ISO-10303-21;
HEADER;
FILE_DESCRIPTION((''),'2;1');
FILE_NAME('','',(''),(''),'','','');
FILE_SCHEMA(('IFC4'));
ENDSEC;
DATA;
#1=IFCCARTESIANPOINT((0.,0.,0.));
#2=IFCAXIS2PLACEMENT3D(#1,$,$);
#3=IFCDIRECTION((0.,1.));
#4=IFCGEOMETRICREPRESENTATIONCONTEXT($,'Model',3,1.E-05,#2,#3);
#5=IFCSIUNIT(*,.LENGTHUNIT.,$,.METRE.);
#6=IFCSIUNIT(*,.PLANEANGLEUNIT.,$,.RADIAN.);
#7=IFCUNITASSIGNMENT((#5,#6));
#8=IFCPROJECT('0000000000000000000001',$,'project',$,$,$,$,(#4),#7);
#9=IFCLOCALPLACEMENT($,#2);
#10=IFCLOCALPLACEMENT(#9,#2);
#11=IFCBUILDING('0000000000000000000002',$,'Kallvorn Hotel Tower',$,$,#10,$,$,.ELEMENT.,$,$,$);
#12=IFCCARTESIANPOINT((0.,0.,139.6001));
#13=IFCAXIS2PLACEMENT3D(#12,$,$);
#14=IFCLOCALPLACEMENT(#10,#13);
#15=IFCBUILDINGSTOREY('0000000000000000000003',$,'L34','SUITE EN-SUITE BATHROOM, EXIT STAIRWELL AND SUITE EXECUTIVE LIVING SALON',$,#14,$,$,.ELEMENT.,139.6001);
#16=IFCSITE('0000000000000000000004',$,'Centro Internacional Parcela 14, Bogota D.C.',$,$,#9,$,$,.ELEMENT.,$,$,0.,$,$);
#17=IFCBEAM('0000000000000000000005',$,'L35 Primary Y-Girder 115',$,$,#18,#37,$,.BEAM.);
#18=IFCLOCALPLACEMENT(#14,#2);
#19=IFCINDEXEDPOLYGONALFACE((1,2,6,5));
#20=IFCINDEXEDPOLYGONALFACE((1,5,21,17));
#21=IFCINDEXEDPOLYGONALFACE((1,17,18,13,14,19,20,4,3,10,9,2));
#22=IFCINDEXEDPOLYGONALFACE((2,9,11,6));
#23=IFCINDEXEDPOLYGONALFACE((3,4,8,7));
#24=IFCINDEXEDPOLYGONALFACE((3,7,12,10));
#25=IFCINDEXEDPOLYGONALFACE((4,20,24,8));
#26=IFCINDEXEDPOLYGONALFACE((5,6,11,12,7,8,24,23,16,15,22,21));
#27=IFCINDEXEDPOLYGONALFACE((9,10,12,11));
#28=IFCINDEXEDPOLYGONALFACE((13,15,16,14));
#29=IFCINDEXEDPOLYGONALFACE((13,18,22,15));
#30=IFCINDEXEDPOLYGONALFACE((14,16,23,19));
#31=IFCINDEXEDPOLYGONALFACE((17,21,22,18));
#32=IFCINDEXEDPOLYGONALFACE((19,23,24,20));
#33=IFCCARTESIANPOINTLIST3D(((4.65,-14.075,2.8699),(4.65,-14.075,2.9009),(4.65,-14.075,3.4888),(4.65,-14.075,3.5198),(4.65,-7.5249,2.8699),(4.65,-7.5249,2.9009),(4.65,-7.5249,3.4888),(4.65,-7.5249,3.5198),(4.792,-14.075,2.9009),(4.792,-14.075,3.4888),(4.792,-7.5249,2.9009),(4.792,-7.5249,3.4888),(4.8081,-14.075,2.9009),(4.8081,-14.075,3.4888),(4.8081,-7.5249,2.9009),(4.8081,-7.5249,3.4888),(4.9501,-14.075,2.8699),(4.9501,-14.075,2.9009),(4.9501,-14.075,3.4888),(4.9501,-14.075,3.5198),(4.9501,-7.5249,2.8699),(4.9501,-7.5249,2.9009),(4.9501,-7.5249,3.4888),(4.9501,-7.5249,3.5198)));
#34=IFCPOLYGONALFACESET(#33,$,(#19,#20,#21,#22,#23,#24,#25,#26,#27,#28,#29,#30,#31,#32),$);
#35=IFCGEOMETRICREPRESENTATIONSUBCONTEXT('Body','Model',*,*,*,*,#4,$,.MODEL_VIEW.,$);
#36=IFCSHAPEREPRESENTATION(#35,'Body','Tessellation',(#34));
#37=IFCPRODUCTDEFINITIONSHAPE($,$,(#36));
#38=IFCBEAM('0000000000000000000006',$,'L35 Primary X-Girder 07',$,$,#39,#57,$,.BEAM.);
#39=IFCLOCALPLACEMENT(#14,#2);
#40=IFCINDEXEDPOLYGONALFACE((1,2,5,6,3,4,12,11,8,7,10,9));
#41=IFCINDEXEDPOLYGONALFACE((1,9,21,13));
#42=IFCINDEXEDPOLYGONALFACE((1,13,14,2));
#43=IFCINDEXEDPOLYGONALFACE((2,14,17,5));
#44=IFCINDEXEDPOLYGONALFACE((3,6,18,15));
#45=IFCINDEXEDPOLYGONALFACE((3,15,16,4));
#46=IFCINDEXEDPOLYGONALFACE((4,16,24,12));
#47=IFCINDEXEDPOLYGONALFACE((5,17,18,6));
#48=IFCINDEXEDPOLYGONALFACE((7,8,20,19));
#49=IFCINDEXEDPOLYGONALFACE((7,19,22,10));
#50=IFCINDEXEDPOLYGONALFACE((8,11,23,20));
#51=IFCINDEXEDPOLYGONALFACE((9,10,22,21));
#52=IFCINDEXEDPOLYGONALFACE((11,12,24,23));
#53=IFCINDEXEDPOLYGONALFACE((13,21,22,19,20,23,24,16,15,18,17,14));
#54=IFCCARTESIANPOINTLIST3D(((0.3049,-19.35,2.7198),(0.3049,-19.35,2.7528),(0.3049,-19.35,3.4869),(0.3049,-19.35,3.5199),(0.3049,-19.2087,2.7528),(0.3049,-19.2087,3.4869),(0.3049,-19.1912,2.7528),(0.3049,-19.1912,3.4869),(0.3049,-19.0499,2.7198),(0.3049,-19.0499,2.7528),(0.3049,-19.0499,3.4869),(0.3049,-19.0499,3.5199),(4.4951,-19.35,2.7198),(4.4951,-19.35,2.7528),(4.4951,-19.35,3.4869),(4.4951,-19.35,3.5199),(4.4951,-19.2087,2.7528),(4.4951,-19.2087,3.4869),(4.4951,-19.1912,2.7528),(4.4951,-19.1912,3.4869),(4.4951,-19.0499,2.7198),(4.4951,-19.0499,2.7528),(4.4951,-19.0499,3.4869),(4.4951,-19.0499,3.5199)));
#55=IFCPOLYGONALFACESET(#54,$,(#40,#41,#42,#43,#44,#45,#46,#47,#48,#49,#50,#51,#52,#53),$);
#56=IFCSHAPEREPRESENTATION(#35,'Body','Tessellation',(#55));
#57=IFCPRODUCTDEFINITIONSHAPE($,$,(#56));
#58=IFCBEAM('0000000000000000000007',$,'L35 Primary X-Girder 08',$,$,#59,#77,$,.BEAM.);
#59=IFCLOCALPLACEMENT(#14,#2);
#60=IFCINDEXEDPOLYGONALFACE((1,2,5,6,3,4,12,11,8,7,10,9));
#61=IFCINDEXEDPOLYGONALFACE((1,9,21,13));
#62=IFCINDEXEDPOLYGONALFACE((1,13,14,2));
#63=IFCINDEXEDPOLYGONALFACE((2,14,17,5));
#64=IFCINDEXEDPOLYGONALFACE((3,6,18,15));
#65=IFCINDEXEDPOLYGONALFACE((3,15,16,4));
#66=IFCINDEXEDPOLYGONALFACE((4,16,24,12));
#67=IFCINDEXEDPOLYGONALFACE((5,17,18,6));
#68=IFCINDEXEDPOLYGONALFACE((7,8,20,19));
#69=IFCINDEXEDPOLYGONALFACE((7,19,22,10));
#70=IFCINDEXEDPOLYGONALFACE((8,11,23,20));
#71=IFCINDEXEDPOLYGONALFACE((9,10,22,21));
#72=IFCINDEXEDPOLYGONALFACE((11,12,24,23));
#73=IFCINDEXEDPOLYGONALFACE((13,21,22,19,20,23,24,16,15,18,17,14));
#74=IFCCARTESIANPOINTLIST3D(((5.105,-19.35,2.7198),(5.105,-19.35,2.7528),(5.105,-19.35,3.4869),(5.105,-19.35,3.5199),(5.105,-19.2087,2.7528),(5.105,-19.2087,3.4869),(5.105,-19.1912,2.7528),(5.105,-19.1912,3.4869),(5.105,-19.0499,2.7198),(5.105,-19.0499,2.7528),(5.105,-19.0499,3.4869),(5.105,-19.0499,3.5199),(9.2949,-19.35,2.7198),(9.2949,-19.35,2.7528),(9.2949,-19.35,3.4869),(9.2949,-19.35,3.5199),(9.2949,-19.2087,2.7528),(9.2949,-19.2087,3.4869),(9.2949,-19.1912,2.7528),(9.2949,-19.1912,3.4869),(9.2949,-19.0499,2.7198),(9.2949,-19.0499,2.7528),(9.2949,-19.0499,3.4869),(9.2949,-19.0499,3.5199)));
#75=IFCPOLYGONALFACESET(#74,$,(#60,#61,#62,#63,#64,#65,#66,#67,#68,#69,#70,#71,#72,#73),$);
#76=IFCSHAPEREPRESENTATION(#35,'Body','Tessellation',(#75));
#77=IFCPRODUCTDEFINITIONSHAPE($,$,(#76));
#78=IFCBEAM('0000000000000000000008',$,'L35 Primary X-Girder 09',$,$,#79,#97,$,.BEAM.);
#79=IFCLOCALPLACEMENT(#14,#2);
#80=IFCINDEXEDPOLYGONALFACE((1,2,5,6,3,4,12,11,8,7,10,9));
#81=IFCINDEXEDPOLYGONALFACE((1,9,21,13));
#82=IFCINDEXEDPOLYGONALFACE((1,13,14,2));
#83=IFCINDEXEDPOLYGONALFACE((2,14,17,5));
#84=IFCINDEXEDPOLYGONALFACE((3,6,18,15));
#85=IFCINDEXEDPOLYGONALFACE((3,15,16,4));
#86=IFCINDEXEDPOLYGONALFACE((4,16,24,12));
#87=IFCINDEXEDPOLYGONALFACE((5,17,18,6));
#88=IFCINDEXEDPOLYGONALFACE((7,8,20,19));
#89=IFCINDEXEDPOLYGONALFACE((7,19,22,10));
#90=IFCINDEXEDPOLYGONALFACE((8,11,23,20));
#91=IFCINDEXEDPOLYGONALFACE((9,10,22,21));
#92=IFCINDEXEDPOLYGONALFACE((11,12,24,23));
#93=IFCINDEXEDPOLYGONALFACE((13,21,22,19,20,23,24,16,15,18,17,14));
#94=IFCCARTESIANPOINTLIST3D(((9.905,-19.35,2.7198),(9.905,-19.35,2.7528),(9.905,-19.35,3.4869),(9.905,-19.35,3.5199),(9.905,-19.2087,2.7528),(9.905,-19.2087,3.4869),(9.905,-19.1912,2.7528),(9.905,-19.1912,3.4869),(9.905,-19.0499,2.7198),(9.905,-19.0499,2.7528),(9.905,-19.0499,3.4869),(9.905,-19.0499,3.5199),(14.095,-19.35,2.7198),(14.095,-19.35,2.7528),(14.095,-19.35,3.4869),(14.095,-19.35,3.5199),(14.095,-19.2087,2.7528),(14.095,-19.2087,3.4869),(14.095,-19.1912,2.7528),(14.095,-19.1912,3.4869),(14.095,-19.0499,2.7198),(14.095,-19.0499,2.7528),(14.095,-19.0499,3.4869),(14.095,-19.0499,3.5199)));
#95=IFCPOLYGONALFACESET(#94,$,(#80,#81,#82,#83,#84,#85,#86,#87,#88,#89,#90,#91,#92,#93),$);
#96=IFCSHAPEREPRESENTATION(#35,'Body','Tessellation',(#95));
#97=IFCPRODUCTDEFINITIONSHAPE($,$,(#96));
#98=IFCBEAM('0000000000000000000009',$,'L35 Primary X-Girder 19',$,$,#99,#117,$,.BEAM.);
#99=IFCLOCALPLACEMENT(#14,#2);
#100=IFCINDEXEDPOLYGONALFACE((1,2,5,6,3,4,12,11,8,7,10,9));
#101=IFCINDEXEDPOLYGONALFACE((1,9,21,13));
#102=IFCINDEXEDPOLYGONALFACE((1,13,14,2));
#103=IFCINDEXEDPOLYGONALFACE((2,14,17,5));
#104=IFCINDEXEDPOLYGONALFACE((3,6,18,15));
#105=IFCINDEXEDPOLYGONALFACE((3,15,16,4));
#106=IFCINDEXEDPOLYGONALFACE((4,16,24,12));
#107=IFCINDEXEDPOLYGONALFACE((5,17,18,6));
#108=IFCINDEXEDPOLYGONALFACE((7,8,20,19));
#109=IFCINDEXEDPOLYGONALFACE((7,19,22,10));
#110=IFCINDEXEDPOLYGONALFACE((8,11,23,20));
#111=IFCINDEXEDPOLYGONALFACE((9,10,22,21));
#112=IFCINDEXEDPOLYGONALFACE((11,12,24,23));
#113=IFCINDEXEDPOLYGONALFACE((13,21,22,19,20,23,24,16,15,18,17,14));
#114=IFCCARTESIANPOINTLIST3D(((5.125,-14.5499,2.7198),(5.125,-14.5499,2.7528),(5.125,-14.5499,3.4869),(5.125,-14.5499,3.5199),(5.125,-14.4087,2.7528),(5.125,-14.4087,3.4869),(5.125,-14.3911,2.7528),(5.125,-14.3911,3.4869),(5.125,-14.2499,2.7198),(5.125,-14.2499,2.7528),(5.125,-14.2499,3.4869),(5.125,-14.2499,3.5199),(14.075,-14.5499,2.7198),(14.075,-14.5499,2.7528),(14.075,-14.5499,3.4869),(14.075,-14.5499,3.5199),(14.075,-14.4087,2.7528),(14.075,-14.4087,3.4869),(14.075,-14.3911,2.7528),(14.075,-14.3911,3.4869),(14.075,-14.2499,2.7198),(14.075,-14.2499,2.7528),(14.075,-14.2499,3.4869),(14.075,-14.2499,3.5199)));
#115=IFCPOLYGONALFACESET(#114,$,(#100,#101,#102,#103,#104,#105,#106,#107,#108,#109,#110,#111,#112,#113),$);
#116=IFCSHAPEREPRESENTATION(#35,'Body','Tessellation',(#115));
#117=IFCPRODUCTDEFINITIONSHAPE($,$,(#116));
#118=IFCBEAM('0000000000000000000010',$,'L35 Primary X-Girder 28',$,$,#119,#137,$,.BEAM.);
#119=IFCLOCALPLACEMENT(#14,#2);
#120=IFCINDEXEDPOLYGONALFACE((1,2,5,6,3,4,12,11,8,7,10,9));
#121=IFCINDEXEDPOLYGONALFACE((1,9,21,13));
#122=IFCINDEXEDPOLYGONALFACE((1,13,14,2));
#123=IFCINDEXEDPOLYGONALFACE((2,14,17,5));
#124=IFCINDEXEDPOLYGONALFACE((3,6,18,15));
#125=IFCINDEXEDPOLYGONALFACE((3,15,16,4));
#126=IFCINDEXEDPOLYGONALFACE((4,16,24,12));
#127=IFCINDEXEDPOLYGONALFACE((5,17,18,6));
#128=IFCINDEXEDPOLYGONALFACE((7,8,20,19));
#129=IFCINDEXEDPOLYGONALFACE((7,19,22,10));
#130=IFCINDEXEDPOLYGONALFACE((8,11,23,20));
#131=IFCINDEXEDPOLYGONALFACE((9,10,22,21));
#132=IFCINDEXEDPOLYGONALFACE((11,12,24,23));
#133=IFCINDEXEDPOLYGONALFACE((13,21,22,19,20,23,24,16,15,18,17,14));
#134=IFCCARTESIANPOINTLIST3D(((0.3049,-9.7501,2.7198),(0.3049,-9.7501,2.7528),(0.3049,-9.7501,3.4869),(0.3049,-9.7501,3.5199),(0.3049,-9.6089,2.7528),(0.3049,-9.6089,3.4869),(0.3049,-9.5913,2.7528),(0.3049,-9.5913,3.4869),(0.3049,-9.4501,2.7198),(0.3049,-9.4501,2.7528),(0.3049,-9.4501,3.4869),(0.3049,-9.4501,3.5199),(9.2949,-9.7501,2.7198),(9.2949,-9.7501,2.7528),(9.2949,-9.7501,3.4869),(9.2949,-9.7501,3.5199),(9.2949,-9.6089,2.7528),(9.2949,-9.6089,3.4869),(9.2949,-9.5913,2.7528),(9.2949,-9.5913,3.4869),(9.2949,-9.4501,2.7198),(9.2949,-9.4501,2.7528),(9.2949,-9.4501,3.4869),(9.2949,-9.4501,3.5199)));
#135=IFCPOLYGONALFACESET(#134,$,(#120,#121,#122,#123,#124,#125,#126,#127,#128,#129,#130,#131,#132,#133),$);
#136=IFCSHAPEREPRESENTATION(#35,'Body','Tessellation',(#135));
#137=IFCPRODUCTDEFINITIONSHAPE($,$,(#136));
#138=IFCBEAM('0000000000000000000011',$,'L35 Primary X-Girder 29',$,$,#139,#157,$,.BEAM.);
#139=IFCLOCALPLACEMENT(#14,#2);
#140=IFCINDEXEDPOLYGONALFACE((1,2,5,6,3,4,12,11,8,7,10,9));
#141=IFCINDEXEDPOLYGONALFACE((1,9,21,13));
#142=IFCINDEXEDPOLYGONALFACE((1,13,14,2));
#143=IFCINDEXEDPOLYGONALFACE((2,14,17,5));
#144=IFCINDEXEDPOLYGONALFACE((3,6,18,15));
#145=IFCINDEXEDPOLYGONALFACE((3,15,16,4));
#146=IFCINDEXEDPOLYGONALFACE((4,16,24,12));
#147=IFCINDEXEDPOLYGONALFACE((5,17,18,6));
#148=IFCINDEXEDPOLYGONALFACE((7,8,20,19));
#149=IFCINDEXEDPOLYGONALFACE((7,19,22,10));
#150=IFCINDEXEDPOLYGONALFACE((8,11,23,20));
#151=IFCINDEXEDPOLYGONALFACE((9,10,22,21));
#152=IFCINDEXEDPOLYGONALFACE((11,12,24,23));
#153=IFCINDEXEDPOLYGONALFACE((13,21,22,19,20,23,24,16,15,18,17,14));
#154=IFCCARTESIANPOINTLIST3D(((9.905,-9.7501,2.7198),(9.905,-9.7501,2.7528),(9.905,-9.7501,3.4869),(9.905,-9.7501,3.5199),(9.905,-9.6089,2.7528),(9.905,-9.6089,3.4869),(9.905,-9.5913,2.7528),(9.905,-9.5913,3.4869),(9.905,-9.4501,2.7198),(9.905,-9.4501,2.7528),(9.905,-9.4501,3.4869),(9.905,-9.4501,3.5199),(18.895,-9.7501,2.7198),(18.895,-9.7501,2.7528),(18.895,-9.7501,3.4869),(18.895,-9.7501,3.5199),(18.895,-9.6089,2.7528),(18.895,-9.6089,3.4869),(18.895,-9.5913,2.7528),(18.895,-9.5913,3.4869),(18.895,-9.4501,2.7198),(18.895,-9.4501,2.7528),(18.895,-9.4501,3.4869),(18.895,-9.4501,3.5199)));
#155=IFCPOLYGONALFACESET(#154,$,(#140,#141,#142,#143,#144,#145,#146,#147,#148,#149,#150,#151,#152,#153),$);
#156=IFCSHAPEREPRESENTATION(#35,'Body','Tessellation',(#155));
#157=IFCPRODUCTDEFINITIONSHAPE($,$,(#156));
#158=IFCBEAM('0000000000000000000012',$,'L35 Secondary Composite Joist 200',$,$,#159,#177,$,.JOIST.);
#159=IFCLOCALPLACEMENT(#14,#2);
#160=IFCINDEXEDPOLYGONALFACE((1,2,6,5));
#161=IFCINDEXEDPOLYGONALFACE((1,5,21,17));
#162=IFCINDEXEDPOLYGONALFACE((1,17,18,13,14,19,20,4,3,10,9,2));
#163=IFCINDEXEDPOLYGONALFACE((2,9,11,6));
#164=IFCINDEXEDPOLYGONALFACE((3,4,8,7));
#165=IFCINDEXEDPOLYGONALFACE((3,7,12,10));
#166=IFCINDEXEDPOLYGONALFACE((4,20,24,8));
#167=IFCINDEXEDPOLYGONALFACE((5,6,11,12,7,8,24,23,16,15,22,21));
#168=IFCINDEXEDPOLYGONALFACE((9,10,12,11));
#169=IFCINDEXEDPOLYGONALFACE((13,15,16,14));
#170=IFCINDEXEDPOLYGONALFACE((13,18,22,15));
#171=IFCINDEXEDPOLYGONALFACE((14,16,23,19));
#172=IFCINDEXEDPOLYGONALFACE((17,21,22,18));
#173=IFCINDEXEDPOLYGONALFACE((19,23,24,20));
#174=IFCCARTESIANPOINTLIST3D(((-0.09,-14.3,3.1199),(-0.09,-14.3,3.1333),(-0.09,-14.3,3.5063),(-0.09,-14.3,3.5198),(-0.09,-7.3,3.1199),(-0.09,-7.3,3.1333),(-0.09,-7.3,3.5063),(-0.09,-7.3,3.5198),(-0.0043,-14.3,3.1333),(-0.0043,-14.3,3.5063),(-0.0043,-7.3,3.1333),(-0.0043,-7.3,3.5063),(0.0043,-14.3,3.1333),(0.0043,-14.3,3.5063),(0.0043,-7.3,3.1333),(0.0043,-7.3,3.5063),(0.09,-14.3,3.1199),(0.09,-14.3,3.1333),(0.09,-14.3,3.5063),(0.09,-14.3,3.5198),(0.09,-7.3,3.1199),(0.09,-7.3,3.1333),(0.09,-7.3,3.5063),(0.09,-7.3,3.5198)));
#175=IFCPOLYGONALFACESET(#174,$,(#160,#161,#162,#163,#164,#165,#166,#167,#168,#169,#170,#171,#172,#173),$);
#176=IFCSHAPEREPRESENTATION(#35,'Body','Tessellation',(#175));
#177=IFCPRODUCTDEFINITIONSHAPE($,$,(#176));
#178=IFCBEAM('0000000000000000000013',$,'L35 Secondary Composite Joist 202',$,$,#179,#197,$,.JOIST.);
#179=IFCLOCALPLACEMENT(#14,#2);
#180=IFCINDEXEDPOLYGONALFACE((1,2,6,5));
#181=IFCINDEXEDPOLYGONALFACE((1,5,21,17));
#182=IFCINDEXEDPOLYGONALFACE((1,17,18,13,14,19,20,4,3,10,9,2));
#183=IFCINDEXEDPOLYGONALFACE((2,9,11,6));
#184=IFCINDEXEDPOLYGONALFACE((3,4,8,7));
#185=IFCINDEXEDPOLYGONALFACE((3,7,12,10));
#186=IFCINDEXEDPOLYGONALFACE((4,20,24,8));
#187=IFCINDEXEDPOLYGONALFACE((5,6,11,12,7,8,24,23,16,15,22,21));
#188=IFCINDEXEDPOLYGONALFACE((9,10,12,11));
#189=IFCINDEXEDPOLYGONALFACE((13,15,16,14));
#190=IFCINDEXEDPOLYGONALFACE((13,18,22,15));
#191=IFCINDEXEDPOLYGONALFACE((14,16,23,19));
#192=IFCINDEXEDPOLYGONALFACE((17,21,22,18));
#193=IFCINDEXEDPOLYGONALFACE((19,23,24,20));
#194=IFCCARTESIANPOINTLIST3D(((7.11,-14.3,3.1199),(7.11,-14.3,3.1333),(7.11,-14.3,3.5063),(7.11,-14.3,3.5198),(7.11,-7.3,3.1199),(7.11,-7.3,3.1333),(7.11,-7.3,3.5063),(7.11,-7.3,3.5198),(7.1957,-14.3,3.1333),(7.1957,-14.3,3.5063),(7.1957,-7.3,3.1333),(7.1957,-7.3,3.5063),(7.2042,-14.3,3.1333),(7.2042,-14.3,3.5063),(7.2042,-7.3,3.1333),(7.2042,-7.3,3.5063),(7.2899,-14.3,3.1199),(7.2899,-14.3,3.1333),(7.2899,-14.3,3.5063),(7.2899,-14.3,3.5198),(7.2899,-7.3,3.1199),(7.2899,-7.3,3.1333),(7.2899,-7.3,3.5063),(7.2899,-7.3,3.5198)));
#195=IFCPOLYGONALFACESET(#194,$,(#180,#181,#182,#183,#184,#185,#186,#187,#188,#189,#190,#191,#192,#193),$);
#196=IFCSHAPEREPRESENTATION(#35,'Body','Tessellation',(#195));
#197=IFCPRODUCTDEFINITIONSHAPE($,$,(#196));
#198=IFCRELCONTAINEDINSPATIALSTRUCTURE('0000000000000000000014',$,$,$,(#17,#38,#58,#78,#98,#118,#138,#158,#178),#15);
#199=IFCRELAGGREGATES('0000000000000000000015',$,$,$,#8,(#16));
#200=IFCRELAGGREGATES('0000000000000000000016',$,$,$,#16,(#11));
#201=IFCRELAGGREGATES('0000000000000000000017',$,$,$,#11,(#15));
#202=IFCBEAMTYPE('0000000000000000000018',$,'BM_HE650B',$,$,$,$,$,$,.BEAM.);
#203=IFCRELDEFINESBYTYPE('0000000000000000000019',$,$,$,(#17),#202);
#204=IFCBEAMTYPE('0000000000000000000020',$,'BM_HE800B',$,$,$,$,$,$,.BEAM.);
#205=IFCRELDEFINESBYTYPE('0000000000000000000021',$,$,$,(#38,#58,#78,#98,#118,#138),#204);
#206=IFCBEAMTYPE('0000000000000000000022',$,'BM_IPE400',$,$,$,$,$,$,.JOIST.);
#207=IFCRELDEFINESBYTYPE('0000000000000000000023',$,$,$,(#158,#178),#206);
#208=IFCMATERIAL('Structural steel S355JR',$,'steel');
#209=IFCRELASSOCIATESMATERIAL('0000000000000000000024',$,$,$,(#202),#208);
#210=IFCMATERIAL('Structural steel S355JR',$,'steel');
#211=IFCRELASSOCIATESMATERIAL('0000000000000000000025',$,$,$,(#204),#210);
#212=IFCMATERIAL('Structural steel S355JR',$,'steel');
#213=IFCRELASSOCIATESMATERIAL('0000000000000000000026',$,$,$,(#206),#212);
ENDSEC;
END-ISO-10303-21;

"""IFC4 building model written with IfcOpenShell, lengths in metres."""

from ifc_helpers import new_model, si_unit, direction, frame, origin, origin_2d, place, context, subcontext, project, spatial, i_section, extrude, material, material_profile, profile_set, type_object, element, save


model = new_model("IFC4")

# Units and contexts
model_context = context("Model", 3, precision=1e-05, world=origin(), true_north=direction((0.0, 1.0)))
body_context = subcontext(model_context, "Body", "Model", "MODEL_VIEW")
ifc_project = project(units=[si_unit("LENGTHUNIT", "METRE"), si_unit("PLANEANGLEUNIT", "RADIAN")], contexts=[model_context])

# Site, building, storey
site_placement = place(None, origin())
site = spatial("IfcSite", under=ifc_project, at=site_placement, Name="Centro Internacional Parcela 14, Bogota D.C.", CompositionType="ELEMENT", RefElevation=0.0)
building_placement = place(site_placement, origin())
building = spatial("IfcBuilding", under=site, at=building_placement, Name="Kallvorn Hotel Tower", CompositionType="ELEMENT")
storey_placement = place(building_placement, frame((0.0, 0.0, 139.6001)))
storey = spatial("IfcBuildingStorey", under=building, at=storey_placement, Name="L34", Description="SUITE EN-SUITE BATHROOM, EXIT STAIRWELL AND SUITE EXECUTIVE LIVING SALON", CompositionType="ELEMENT", Elevation=139.6001)

# Beams
ifc_material_1 = material(Name="Structural steel S355JR", Category="steel")
ifc_material_profile_1 = material_profile(ifc_material_1, i_section(OverallWidth=0.3, OverallDepth=0.6499, WebThickness=0.0161, FlangeThickness=0.031, at=origin_2d()), Name="HE 650 B")
ifc_profile_set_1 = profile_set([ifc_material_profile_1], Name="Structural steel S355JR")
beam_type_1 = type_object("IfcBeamType", Name="BM_HE650B", PredefinedType="BEAM", material=ifc_profile_set_1)
beam_1_placement = place(storey_placement, frame((4.8, -14.075, 3.1948), z_axis=(0.0, 1.0, 0.0), x_axis=(-1.0, 0.0, 0.0)))
element("IfcBeam", 1, at=beam_1_placement, inside=storey, type_object=beam_type_1, Name="L35 Primary Y-Girder 115", PredefinedType="BEAM", context=body_context, shape_type="SweptSolid", body=[
    extrude(i_section(OverallWidth=0.3, OverallDepth=0.6499, WebThickness=0.0161, FlangeThickness=0.031, at=origin_2d()), origin(), (0.0, 0.0, 1.0), 6.55),
])
ifc_material_2 = material(Name="Structural steel S355JR", Category="steel")
ifc_material_profile_2 = material_profile(ifc_material_2, i_section(OverallWidth=0.3, OverallDepth=0.8, WebThickness=0.0176, FlangeThickness=0.033, at=origin_2d()), Name="HE 800 B")
ifc_profile_set_2 = profile_set([ifc_material_profile_2], Name="Structural steel S355JR")
beam_type_2 = type_object("IfcBeamType", Name="BM_HE800B", PredefinedType="BEAM", material=ifc_profile_set_2)
beam_2_placement = place(storey_placement, frame((0.3049, -19.2, 3.1199), z_axis=(1.0, 0.0, 0.0), x_axis=(0.0, 1.0, 0.0)))
element("IfcBeam", 2, at=beam_2_placement, inside=storey, type_object=beam_type_2, Name="L35 Primary X-Girder 07", PredefinedType="BEAM", context=body_context, shape_type="SweptSolid", body=[
    extrude(i_section(OverallWidth=0.3, OverallDepth=0.8, WebThickness=0.0176, FlangeThickness=0.033, at=origin_2d()), origin(), (0.0, 0.0, 1.0), 4.1902),
])
for number, where, z_axis, x_axis, name in (
    (3, (5.105, -19.2, 3.1199), (1.0, 0.0, 0.0), (0.0, 1.0, 0.0), "L35 Primary X-Girder 08"),
    (4, (9.905, -19.2, 3.1199), (1.0, 0.0, 0.0), (0.0, 1.0, 0.0), "L35 Primary X-Girder 09"),
):
    element("IfcBeam", number, at=place(storey_placement, frame(where, z_axis=z_axis, x_axis=x_axis)), inside=storey, type_object=beam_type_2, Name=name, PredefinedType="BEAM", context=body_context, shape_type="SweptSolid", body=[
        extrude(i_section(OverallWidth=0.3, OverallDepth=0.8, WebThickness=0.0176, FlangeThickness=0.033, at=origin_2d()), origin(), (0.0, 0.0, 1.0), 4.1899),
    ])
beam_3_placement = place(storey_placement, frame((5.125, -14.3999, 3.1199), z_axis=(1.0, 0.0, 0.0), x_axis=(0.0, 1.0, 0.0)))
element("IfcBeam", 5, at=beam_3_placement, inside=storey, type_object=beam_type_2, Name="L35 Primary X-Girder 19", PredefinedType="BEAM", context=body_context, shape_type="SweptSolid", body=[
    extrude(i_section(OverallWidth=0.3, OverallDepth=0.8, WebThickness=0.0176, FlangeThickness=0.033, at=origin_2d()), origin(), (0.0, 0.0, 1.0), 8.95),
])
for number, where, z_axis, x_axis, name in (
    (6, (0.3049, -9.6001, 3.1199), (1.0, 0.0, 0.0), (0.0, 1.0, 0.0), "L35 Primary X-Girder 28"),
    (7, (9.905, -9.6001, 3.1199), (1.0, 0.0, 0.0), (0.0, 1.0, 0.0), "L35 Primary X-Girder 29"),
):
    element("IfcBeam", number, at=place(storey_placement, frame(where, z_axis=z_axis, x_axis=x_axis)), inside=storey, type_object=beam_type_2, Name=name, PredefinedType="BEAM", context=body_context, shape_type="SweptSolid", body=[
        extrude(i_section(OverallWidth=0.3, OverallDepth=0.8, WebThickness=0.0176, FlangeThickness=0.033, at=origin_2d()), origin(), (0.0, 0.0, 1.0), 8.99),
    ])
ifc_material_3 = material(Name="Structural steel S355JR", Category="steel")
ifc_material_profile_3 = material_profile(ifc_material_3, i_section(OverallWidth=0.1799, OverallDepth=0.3999, WebThickness=0.0085, FlangeThickness=0.0134, at=origin_2d()), Name="IPE 400")
ifc_profile_set_3 = profile_set([ifc_material_profile_3], Name="Structural steel S355JR")
beam_type_3 = type_object("IfcBeamType", Name="BM_IPE400", PredefinedType="JOIST", material=ifc_profile_set_3)
for number, where, z_axis, x_axis, name in (
    (8, (0.0, -14.3, 3.3198), (0.0, 1.0, 0.0), (-1.0, 0.0, 0.0), "L35 Secondary Composite Joist 200"),
    (9, (7.2, -14.3, 3.3198), (0.0, 1.0, 0.0), (-1.0, 0.0, 0.0), "L35 Secondary Composite Joist 202"),
):
    element("IfcBeam", number, at=place(storey_placement, frame(where, z_axis=z_axis, x_axis=x_axis)), inside=storey, type_object=beam_type_3, Name=name, PredefinedType="JOIST", context=body_context, shape_type="SweptSolid", body=[
        extrude(i_section(OverallWidth=0.1799, OverallDepth=0.3999, WebThickness=0.0085, FlangeThickness=0.0134, at=origin_2d()), origin(), (0.0, 0.0, 1.0), 7.0),
    ])

save(model, "model.ifc")
